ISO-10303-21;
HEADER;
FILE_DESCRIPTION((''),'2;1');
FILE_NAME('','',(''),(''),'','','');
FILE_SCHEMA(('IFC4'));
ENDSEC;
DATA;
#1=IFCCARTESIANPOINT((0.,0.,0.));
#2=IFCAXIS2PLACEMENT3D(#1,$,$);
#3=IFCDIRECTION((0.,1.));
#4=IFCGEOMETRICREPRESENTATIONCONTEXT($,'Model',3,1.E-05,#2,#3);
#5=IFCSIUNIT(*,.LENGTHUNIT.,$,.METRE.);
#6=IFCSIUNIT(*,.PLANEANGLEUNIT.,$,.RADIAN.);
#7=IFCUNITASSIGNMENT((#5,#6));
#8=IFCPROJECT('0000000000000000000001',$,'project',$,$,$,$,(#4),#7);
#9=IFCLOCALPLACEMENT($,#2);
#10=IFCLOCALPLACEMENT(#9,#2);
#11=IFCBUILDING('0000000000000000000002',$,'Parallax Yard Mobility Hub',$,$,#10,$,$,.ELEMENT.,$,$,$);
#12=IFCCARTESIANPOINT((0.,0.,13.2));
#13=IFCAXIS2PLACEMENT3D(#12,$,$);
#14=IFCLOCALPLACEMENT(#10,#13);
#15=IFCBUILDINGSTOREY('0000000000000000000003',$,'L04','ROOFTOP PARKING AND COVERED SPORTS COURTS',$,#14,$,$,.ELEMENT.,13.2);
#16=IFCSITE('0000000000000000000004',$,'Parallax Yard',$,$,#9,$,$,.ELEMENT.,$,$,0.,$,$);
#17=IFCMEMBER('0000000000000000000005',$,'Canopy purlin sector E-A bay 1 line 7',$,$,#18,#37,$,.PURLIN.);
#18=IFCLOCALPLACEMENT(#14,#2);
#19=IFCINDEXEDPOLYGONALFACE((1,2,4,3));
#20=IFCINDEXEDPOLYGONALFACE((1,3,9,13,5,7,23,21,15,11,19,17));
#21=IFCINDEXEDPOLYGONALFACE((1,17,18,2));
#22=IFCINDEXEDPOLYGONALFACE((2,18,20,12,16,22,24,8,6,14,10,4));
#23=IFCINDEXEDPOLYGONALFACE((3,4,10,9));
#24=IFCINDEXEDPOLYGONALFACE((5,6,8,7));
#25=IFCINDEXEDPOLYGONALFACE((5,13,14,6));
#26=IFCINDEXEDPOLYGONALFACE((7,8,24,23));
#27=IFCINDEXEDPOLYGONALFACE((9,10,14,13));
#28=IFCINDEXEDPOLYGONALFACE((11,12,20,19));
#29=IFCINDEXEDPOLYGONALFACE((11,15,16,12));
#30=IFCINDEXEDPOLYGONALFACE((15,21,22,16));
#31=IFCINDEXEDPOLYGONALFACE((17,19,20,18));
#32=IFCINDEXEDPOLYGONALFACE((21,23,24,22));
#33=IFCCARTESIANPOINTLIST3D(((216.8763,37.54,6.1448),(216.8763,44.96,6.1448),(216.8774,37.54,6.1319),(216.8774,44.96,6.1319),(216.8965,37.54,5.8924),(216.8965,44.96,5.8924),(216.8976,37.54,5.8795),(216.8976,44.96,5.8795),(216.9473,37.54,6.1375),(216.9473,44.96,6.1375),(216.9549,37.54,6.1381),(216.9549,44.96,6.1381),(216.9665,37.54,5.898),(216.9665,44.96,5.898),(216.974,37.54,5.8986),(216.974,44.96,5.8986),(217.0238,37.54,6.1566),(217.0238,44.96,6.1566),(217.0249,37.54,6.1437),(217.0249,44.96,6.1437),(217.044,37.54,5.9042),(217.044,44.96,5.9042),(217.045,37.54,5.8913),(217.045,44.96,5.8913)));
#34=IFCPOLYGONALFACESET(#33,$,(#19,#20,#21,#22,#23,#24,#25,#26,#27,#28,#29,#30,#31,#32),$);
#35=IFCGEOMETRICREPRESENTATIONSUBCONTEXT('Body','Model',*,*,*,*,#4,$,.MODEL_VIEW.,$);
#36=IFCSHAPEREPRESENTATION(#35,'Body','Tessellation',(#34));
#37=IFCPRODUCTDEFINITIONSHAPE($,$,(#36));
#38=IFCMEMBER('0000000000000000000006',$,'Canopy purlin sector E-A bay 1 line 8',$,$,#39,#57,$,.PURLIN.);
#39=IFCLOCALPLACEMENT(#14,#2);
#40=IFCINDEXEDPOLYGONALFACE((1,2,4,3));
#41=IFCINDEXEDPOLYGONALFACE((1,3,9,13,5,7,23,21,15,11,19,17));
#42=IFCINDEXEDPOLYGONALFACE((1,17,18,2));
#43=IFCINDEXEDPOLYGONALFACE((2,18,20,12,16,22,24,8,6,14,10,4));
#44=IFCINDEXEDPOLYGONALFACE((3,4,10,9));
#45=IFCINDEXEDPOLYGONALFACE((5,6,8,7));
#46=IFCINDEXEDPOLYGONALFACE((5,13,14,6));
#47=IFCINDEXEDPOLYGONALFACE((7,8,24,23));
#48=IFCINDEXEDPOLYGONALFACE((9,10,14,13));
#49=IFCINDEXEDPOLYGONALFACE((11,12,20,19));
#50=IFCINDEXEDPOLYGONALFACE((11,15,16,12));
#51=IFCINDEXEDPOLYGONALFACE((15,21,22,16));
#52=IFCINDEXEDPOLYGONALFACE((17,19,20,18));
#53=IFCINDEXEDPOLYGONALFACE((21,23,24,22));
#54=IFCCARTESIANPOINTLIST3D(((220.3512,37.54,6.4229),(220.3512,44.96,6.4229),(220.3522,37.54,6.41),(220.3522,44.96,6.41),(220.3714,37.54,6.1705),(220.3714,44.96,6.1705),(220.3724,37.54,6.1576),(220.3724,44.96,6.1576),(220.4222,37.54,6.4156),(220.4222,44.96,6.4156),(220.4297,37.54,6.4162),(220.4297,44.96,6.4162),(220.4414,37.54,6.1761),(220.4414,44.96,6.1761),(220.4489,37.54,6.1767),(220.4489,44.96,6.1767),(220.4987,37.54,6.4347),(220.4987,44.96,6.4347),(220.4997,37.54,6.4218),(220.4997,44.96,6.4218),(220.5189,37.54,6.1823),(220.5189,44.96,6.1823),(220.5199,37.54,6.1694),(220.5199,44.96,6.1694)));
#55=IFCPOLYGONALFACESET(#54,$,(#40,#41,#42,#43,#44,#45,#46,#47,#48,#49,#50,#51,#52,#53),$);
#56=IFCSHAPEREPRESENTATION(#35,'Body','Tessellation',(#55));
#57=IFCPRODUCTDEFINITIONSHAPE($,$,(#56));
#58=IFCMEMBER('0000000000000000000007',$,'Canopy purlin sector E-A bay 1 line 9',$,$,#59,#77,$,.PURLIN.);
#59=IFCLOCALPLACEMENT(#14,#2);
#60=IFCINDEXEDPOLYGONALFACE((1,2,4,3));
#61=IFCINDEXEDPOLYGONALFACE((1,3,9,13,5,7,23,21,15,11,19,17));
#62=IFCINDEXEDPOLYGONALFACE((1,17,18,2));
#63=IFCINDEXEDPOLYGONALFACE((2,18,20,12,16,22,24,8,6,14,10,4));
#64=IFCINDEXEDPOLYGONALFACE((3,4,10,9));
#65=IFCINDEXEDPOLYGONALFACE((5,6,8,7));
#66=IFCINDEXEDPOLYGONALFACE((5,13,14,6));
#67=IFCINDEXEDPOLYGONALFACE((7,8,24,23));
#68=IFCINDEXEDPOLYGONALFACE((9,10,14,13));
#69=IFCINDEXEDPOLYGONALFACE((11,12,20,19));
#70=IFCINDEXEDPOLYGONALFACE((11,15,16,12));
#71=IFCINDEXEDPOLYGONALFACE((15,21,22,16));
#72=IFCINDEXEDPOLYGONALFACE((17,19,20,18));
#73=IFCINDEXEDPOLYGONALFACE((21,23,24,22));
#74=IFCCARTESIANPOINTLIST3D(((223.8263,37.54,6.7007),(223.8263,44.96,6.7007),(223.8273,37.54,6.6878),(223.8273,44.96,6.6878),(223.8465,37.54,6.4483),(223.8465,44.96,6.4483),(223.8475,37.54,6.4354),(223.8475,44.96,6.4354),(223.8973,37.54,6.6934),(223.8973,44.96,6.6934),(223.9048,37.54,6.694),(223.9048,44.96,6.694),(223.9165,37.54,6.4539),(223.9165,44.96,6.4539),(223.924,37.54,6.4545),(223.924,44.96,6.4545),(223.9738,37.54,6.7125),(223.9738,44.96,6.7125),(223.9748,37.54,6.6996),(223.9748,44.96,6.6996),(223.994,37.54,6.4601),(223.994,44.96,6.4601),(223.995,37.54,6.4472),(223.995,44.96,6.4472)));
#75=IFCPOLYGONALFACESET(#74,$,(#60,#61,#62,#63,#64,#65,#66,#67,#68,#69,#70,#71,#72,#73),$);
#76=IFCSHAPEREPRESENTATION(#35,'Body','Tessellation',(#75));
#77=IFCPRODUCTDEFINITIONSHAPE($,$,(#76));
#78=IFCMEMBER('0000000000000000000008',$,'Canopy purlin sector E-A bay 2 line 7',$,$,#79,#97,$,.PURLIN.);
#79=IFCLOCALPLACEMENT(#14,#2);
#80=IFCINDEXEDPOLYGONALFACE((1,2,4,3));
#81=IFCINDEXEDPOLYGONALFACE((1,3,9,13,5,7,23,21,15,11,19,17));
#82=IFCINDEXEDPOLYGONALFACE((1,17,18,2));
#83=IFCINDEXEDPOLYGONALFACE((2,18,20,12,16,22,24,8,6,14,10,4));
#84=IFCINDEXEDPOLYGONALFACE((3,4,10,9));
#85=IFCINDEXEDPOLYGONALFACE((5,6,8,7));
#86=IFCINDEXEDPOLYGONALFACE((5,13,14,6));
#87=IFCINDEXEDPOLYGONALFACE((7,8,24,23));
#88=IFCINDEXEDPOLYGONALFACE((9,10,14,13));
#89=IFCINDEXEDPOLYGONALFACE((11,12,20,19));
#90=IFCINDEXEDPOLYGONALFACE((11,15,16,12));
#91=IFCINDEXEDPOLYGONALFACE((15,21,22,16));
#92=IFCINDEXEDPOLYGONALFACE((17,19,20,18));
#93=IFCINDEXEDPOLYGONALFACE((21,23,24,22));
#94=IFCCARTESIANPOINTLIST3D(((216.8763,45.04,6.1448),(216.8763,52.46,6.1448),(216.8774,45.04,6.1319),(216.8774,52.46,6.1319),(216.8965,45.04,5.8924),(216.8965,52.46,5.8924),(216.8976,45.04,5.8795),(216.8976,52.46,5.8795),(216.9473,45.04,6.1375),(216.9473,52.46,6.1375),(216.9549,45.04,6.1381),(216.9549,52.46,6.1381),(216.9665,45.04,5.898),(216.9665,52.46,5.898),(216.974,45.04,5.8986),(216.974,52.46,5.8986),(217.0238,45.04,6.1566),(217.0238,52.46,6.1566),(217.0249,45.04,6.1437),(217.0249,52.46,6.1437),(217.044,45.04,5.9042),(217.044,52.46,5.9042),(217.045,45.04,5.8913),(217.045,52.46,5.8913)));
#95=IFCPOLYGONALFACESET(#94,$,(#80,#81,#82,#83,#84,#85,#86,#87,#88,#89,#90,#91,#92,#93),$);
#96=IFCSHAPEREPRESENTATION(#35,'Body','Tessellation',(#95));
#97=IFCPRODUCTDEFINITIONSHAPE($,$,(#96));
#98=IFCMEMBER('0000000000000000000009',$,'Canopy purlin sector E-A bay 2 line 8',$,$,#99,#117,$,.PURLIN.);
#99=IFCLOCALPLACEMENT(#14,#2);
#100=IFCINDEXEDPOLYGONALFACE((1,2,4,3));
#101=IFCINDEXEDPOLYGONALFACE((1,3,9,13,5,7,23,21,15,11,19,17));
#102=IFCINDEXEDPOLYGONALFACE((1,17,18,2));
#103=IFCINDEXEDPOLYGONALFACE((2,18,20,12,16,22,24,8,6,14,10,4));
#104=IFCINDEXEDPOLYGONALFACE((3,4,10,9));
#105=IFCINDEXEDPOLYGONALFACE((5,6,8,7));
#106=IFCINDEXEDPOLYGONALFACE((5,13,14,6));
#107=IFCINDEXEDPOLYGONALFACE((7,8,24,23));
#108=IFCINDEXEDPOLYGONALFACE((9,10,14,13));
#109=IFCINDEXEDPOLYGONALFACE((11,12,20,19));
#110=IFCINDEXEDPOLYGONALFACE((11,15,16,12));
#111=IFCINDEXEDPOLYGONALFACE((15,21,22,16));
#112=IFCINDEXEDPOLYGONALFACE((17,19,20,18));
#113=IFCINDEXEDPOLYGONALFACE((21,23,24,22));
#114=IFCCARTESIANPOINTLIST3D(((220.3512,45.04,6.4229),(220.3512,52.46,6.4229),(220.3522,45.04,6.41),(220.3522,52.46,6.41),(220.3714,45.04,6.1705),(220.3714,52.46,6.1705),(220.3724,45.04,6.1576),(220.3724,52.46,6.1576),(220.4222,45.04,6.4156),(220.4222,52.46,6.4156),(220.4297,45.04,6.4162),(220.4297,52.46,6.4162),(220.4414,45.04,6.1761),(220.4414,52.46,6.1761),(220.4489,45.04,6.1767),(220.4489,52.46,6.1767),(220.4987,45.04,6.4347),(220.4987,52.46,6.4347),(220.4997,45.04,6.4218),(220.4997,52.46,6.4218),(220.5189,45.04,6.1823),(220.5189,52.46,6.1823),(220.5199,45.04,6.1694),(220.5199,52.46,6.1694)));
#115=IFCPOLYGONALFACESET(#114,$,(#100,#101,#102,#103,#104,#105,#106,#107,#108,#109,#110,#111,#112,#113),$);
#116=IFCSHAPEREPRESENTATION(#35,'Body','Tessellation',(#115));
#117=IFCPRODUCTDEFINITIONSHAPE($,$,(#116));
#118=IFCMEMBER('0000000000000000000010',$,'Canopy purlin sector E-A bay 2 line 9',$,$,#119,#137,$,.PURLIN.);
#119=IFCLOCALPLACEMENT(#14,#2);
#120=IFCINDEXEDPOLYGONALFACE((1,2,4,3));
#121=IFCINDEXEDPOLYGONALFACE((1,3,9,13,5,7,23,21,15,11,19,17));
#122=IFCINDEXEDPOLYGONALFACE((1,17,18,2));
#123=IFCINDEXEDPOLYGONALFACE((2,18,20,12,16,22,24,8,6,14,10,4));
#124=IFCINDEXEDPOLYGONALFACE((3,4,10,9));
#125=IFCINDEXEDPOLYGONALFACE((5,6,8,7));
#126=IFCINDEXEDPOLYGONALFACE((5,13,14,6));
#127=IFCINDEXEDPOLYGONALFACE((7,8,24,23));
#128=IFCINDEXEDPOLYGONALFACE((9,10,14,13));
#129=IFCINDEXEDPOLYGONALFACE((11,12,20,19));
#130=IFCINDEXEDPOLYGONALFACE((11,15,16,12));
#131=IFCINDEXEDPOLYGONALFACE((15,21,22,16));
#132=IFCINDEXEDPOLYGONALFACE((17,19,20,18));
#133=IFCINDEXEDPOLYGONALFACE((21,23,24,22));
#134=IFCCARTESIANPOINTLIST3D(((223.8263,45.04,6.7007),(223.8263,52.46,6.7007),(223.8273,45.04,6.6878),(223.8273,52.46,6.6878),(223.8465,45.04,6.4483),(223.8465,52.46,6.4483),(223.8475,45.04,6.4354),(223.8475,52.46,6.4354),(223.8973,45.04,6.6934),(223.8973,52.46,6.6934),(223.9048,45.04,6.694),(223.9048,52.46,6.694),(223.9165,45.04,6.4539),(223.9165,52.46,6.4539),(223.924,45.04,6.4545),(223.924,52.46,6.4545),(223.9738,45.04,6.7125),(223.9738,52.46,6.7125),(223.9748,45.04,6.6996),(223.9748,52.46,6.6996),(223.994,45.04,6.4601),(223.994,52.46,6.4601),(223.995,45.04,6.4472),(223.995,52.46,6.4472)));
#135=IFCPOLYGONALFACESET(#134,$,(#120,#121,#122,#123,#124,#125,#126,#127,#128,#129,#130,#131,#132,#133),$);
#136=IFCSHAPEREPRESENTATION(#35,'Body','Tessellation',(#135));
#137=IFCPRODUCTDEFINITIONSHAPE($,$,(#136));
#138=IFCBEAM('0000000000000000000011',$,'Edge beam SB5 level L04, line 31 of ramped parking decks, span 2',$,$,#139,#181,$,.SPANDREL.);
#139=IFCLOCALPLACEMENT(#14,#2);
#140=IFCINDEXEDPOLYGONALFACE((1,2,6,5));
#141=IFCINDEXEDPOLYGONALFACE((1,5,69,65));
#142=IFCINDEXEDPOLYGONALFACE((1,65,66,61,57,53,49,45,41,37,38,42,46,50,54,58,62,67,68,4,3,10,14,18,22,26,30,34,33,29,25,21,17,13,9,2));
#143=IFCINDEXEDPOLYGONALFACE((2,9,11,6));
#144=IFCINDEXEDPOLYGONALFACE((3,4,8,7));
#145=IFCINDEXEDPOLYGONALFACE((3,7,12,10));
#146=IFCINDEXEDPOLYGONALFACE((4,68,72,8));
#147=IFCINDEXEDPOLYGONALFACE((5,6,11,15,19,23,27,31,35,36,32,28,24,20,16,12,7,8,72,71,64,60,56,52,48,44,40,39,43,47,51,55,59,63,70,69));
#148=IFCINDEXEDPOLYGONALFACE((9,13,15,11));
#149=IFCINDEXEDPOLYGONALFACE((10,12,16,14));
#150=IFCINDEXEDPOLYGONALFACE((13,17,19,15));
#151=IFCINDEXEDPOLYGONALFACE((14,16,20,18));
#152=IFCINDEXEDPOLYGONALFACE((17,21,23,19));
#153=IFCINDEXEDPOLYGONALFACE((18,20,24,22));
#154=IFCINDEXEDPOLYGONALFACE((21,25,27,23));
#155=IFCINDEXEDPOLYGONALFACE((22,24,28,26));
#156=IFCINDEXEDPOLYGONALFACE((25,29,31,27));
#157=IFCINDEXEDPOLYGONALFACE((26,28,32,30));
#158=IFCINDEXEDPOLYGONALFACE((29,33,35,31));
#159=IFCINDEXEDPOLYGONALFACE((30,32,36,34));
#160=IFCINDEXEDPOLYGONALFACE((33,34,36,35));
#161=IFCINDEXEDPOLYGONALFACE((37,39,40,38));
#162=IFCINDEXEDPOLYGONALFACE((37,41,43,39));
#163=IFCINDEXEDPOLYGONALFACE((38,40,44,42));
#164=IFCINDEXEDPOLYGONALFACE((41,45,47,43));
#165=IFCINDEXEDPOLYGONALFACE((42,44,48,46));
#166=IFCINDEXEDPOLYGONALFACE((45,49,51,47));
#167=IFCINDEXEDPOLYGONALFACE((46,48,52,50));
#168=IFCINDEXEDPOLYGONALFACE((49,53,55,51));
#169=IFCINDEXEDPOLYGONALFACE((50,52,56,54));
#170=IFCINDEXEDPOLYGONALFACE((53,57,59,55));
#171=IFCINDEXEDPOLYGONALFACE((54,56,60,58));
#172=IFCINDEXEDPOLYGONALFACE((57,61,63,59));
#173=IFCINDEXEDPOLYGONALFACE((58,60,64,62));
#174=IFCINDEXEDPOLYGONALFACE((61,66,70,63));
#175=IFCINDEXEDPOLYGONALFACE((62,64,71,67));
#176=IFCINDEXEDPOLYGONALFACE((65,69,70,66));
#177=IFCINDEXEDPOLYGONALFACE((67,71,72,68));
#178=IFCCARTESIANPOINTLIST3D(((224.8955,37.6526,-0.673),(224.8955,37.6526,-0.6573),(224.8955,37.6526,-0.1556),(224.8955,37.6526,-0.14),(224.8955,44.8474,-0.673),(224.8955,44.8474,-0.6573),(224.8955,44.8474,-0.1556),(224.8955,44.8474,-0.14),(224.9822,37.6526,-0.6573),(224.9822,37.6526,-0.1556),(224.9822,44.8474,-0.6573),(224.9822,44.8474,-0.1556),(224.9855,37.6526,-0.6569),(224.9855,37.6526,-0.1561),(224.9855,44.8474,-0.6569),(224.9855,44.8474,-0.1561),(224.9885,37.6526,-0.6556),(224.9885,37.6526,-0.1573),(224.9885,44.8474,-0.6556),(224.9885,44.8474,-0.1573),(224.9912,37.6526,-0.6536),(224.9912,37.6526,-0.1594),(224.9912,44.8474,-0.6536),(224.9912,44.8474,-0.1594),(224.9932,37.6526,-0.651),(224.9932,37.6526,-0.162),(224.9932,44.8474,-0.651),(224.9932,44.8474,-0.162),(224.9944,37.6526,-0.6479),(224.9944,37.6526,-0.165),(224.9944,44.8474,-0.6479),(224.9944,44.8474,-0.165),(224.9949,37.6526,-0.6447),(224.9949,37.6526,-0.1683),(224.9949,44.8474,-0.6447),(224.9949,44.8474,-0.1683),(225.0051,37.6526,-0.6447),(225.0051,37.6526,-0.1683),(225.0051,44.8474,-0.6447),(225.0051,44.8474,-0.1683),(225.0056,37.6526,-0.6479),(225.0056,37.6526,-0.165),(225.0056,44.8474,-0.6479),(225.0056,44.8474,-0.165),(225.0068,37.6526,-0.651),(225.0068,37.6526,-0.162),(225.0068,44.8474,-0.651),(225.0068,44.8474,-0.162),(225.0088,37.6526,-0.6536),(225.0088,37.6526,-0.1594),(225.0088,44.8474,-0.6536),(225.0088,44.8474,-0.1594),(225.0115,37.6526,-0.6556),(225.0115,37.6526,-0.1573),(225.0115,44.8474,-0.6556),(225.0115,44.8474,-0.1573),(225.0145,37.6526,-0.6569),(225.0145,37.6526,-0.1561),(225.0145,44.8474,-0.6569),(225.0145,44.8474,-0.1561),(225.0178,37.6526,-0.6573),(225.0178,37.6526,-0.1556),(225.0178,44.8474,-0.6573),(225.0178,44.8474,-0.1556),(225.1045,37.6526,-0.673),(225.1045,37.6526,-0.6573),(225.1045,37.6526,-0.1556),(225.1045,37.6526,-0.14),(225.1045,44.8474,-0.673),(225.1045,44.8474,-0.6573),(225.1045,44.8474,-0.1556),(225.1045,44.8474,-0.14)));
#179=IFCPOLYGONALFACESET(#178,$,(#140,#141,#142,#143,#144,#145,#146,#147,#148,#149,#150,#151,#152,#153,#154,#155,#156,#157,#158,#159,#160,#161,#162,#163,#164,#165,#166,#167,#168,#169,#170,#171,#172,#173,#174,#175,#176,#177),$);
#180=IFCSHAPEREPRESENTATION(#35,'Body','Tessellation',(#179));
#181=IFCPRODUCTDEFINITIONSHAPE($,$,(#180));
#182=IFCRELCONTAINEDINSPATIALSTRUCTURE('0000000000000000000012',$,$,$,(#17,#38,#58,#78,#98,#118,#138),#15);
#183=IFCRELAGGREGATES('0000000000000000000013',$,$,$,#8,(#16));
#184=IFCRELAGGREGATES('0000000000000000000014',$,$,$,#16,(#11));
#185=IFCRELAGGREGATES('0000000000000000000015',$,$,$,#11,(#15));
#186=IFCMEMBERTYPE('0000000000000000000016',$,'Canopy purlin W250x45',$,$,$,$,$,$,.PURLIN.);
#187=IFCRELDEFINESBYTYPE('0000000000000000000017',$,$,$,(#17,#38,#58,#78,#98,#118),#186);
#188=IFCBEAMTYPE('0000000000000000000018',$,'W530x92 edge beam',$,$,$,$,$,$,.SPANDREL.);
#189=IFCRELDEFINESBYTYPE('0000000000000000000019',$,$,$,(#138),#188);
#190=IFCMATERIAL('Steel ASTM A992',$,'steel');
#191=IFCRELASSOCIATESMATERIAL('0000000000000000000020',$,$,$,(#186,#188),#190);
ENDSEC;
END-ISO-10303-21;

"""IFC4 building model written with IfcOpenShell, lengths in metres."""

from ifc_helpers import new_model, si_unit, direction, frame, origin, origin_2d, place, context, subcontext, project, spatial, i_section, extrude, material, material_profile, profile_set, type_object, element, save


model = new_model("IFC4")

# Units and contexts
model_context = context("Model", 3, precision=1e-05, world=origin(), true_north=direction((0.0, 1.0)))
body_context = subcontext(model_context, "Body", "Model", "MODEL_VIEW")
ifc_project = project(units=[si_unit("LENGTHUNIT", "METRE"), si_unit("PLANEANGLEUNIT", "RADIAN")], contexts=[model_context])

# Site, building, storey
site_placement = place(None, origin())
site = spatial("IfcSite", under=ifc_project, at=site_placement, Name="Parallax Yard", CompositionType="ELEMENT", RefElevation=0.0)
building_placement = place(site_placement, origin())
building = spatial("IfcBuilding", under=site, at=building_placement, Name="Parallax Yard Mobility Hub", CompositionType="ELEMENT")
storey_placement = place(building_placement, frame((0.0, 0.0, 13.2)))
storey = spatial("IfcBuildingStorey", under=building, at=storey_placement, Name="L04", Description="ROOFTOP PARKING AND COVERED SPORTS COURTS", CompositionType="ELEMENT", Elevation=13.2)

# Members
ifc_material_1 = material(Name="Steel ASTM A992", Category="steel")
ifc_material_profile_1 = material_profile(ifc_material_1, i_section(OverallWidth=0.1479, OverallDepth=0.2661, WebThickness=0.0076, FlangeThickness=0.0129, at=origin_2d()), Name="W250x45")
ifc_profile_set_1 = profile_set([ifc_material_profile_1], Name="Steel ASTM A992")
member_type_1 = type_object("IfcMemberType", Name="Canopy purlin W250x45", PredefinedType="PURLIN", material=ifc_profile_set_1)
for number, where, z_axis, x_axis, name in (
    (1, (216.9607, 37.54, 6.0181), (0.0, 1.0, 0.0), (-0.996815, 0.0, -0.079745), "Canopy purlin sector E-A bay 1 line 7"),
    (2, (220.4355, 37.54, 6.2961), (0.0, 1.0, 0.0), (-0.996815, 0.0, -0.079745), "Canopy purlin sector E-A bay 1 line 8"),
    (3, (223.9106, 37.54, 6.574), (0.0, 1.0, 0.0), (-0.996815, 0.0, -0.079745), "Canopy purlin sector E-A bay 1 line 9"),
    (4, (216.9607, 45.04, 6.0181), (0.0, 1.0, 0.0), (-0.996815, 0.0, -0.079745), "Canopy purlin sector E-A bay 2 line 7"),
    (5, (220.4355, 45.04, 6.2961), (0.0, 1.0, 0.0), (-0.996815, 0.0, -0.079745), "Canopy purlin sector E-A bay 2 line 8"),
    (6, (223.9106, 45.04, 6.574), (0.0, 1.0, 0.0), (-0.996815, 0.0, -0.079745), "Canopy purlin sector E-A bay 2 line 9"),
):
    element("IfcMember", number, at=place(storey_placement, frame(where, z_axis=z_axis, x_axis=x_axis)), inside=storey, type_object=member_type_1, Name=name, PredefinedType="PURLIN", context=body_context, shape_type="SweptSolid", body=[
        extrude(i_section(OverallWidth=0.1479, OverallDepth=0.2661, WebThickness=0.0076, FlangeThickness=0.0129, at=origin_2d()), origin(), (0.0, 0.0, 1.0), 7.4199),
    ])

# Beam
ifc_material_profile_2 = material_profile(ifc_material_1, i_section(OverallWidth=0.209, OverallDepth=0.533, WebThickness=0.0103, FlangeThickness=0.0156, FilletRadius=0.0127, at=origin_2d()), Name="W530x92")
ifc_profile_set_2 = profile_set([ifc_material_profile_2], Name="Steel ASTM A992")
beam_type = type_object("IfcBeamType", Name="W530x92 edge beam", PredefinedType="SPANDREL", material=ifc_profile_set_2)
for number, where, z_axis, x_axis, name in (
    (7, (225.0, 37.6526, -0.4065), (0.0, 1.0, 0.0), (-1.0, 0.0, 0.0), "Edge beam SB5 level L04, line 31 of ramped parking decks, span 2"),
):
    element("IfcBeam", number, at=place(storey_placement, frame(where, z_axis=z_axis, x_axis=x_axis)), inside=storey, type_object=beam_type, Name=name, PredefinedType="SPANDREL", context=body_context, shape_type="SweptSolid", body=[
        extrude(i_section(OverallWidth=0.209, OverallDepth=0.533, WebThickness=0.0103, FlangeThickness=0.0156, FilletRadius=0.0127, at=origin_2d()), origin(), (0.0, 0.0, 1.0), 7.1948),
    ])

save(model, "model.ifc")
